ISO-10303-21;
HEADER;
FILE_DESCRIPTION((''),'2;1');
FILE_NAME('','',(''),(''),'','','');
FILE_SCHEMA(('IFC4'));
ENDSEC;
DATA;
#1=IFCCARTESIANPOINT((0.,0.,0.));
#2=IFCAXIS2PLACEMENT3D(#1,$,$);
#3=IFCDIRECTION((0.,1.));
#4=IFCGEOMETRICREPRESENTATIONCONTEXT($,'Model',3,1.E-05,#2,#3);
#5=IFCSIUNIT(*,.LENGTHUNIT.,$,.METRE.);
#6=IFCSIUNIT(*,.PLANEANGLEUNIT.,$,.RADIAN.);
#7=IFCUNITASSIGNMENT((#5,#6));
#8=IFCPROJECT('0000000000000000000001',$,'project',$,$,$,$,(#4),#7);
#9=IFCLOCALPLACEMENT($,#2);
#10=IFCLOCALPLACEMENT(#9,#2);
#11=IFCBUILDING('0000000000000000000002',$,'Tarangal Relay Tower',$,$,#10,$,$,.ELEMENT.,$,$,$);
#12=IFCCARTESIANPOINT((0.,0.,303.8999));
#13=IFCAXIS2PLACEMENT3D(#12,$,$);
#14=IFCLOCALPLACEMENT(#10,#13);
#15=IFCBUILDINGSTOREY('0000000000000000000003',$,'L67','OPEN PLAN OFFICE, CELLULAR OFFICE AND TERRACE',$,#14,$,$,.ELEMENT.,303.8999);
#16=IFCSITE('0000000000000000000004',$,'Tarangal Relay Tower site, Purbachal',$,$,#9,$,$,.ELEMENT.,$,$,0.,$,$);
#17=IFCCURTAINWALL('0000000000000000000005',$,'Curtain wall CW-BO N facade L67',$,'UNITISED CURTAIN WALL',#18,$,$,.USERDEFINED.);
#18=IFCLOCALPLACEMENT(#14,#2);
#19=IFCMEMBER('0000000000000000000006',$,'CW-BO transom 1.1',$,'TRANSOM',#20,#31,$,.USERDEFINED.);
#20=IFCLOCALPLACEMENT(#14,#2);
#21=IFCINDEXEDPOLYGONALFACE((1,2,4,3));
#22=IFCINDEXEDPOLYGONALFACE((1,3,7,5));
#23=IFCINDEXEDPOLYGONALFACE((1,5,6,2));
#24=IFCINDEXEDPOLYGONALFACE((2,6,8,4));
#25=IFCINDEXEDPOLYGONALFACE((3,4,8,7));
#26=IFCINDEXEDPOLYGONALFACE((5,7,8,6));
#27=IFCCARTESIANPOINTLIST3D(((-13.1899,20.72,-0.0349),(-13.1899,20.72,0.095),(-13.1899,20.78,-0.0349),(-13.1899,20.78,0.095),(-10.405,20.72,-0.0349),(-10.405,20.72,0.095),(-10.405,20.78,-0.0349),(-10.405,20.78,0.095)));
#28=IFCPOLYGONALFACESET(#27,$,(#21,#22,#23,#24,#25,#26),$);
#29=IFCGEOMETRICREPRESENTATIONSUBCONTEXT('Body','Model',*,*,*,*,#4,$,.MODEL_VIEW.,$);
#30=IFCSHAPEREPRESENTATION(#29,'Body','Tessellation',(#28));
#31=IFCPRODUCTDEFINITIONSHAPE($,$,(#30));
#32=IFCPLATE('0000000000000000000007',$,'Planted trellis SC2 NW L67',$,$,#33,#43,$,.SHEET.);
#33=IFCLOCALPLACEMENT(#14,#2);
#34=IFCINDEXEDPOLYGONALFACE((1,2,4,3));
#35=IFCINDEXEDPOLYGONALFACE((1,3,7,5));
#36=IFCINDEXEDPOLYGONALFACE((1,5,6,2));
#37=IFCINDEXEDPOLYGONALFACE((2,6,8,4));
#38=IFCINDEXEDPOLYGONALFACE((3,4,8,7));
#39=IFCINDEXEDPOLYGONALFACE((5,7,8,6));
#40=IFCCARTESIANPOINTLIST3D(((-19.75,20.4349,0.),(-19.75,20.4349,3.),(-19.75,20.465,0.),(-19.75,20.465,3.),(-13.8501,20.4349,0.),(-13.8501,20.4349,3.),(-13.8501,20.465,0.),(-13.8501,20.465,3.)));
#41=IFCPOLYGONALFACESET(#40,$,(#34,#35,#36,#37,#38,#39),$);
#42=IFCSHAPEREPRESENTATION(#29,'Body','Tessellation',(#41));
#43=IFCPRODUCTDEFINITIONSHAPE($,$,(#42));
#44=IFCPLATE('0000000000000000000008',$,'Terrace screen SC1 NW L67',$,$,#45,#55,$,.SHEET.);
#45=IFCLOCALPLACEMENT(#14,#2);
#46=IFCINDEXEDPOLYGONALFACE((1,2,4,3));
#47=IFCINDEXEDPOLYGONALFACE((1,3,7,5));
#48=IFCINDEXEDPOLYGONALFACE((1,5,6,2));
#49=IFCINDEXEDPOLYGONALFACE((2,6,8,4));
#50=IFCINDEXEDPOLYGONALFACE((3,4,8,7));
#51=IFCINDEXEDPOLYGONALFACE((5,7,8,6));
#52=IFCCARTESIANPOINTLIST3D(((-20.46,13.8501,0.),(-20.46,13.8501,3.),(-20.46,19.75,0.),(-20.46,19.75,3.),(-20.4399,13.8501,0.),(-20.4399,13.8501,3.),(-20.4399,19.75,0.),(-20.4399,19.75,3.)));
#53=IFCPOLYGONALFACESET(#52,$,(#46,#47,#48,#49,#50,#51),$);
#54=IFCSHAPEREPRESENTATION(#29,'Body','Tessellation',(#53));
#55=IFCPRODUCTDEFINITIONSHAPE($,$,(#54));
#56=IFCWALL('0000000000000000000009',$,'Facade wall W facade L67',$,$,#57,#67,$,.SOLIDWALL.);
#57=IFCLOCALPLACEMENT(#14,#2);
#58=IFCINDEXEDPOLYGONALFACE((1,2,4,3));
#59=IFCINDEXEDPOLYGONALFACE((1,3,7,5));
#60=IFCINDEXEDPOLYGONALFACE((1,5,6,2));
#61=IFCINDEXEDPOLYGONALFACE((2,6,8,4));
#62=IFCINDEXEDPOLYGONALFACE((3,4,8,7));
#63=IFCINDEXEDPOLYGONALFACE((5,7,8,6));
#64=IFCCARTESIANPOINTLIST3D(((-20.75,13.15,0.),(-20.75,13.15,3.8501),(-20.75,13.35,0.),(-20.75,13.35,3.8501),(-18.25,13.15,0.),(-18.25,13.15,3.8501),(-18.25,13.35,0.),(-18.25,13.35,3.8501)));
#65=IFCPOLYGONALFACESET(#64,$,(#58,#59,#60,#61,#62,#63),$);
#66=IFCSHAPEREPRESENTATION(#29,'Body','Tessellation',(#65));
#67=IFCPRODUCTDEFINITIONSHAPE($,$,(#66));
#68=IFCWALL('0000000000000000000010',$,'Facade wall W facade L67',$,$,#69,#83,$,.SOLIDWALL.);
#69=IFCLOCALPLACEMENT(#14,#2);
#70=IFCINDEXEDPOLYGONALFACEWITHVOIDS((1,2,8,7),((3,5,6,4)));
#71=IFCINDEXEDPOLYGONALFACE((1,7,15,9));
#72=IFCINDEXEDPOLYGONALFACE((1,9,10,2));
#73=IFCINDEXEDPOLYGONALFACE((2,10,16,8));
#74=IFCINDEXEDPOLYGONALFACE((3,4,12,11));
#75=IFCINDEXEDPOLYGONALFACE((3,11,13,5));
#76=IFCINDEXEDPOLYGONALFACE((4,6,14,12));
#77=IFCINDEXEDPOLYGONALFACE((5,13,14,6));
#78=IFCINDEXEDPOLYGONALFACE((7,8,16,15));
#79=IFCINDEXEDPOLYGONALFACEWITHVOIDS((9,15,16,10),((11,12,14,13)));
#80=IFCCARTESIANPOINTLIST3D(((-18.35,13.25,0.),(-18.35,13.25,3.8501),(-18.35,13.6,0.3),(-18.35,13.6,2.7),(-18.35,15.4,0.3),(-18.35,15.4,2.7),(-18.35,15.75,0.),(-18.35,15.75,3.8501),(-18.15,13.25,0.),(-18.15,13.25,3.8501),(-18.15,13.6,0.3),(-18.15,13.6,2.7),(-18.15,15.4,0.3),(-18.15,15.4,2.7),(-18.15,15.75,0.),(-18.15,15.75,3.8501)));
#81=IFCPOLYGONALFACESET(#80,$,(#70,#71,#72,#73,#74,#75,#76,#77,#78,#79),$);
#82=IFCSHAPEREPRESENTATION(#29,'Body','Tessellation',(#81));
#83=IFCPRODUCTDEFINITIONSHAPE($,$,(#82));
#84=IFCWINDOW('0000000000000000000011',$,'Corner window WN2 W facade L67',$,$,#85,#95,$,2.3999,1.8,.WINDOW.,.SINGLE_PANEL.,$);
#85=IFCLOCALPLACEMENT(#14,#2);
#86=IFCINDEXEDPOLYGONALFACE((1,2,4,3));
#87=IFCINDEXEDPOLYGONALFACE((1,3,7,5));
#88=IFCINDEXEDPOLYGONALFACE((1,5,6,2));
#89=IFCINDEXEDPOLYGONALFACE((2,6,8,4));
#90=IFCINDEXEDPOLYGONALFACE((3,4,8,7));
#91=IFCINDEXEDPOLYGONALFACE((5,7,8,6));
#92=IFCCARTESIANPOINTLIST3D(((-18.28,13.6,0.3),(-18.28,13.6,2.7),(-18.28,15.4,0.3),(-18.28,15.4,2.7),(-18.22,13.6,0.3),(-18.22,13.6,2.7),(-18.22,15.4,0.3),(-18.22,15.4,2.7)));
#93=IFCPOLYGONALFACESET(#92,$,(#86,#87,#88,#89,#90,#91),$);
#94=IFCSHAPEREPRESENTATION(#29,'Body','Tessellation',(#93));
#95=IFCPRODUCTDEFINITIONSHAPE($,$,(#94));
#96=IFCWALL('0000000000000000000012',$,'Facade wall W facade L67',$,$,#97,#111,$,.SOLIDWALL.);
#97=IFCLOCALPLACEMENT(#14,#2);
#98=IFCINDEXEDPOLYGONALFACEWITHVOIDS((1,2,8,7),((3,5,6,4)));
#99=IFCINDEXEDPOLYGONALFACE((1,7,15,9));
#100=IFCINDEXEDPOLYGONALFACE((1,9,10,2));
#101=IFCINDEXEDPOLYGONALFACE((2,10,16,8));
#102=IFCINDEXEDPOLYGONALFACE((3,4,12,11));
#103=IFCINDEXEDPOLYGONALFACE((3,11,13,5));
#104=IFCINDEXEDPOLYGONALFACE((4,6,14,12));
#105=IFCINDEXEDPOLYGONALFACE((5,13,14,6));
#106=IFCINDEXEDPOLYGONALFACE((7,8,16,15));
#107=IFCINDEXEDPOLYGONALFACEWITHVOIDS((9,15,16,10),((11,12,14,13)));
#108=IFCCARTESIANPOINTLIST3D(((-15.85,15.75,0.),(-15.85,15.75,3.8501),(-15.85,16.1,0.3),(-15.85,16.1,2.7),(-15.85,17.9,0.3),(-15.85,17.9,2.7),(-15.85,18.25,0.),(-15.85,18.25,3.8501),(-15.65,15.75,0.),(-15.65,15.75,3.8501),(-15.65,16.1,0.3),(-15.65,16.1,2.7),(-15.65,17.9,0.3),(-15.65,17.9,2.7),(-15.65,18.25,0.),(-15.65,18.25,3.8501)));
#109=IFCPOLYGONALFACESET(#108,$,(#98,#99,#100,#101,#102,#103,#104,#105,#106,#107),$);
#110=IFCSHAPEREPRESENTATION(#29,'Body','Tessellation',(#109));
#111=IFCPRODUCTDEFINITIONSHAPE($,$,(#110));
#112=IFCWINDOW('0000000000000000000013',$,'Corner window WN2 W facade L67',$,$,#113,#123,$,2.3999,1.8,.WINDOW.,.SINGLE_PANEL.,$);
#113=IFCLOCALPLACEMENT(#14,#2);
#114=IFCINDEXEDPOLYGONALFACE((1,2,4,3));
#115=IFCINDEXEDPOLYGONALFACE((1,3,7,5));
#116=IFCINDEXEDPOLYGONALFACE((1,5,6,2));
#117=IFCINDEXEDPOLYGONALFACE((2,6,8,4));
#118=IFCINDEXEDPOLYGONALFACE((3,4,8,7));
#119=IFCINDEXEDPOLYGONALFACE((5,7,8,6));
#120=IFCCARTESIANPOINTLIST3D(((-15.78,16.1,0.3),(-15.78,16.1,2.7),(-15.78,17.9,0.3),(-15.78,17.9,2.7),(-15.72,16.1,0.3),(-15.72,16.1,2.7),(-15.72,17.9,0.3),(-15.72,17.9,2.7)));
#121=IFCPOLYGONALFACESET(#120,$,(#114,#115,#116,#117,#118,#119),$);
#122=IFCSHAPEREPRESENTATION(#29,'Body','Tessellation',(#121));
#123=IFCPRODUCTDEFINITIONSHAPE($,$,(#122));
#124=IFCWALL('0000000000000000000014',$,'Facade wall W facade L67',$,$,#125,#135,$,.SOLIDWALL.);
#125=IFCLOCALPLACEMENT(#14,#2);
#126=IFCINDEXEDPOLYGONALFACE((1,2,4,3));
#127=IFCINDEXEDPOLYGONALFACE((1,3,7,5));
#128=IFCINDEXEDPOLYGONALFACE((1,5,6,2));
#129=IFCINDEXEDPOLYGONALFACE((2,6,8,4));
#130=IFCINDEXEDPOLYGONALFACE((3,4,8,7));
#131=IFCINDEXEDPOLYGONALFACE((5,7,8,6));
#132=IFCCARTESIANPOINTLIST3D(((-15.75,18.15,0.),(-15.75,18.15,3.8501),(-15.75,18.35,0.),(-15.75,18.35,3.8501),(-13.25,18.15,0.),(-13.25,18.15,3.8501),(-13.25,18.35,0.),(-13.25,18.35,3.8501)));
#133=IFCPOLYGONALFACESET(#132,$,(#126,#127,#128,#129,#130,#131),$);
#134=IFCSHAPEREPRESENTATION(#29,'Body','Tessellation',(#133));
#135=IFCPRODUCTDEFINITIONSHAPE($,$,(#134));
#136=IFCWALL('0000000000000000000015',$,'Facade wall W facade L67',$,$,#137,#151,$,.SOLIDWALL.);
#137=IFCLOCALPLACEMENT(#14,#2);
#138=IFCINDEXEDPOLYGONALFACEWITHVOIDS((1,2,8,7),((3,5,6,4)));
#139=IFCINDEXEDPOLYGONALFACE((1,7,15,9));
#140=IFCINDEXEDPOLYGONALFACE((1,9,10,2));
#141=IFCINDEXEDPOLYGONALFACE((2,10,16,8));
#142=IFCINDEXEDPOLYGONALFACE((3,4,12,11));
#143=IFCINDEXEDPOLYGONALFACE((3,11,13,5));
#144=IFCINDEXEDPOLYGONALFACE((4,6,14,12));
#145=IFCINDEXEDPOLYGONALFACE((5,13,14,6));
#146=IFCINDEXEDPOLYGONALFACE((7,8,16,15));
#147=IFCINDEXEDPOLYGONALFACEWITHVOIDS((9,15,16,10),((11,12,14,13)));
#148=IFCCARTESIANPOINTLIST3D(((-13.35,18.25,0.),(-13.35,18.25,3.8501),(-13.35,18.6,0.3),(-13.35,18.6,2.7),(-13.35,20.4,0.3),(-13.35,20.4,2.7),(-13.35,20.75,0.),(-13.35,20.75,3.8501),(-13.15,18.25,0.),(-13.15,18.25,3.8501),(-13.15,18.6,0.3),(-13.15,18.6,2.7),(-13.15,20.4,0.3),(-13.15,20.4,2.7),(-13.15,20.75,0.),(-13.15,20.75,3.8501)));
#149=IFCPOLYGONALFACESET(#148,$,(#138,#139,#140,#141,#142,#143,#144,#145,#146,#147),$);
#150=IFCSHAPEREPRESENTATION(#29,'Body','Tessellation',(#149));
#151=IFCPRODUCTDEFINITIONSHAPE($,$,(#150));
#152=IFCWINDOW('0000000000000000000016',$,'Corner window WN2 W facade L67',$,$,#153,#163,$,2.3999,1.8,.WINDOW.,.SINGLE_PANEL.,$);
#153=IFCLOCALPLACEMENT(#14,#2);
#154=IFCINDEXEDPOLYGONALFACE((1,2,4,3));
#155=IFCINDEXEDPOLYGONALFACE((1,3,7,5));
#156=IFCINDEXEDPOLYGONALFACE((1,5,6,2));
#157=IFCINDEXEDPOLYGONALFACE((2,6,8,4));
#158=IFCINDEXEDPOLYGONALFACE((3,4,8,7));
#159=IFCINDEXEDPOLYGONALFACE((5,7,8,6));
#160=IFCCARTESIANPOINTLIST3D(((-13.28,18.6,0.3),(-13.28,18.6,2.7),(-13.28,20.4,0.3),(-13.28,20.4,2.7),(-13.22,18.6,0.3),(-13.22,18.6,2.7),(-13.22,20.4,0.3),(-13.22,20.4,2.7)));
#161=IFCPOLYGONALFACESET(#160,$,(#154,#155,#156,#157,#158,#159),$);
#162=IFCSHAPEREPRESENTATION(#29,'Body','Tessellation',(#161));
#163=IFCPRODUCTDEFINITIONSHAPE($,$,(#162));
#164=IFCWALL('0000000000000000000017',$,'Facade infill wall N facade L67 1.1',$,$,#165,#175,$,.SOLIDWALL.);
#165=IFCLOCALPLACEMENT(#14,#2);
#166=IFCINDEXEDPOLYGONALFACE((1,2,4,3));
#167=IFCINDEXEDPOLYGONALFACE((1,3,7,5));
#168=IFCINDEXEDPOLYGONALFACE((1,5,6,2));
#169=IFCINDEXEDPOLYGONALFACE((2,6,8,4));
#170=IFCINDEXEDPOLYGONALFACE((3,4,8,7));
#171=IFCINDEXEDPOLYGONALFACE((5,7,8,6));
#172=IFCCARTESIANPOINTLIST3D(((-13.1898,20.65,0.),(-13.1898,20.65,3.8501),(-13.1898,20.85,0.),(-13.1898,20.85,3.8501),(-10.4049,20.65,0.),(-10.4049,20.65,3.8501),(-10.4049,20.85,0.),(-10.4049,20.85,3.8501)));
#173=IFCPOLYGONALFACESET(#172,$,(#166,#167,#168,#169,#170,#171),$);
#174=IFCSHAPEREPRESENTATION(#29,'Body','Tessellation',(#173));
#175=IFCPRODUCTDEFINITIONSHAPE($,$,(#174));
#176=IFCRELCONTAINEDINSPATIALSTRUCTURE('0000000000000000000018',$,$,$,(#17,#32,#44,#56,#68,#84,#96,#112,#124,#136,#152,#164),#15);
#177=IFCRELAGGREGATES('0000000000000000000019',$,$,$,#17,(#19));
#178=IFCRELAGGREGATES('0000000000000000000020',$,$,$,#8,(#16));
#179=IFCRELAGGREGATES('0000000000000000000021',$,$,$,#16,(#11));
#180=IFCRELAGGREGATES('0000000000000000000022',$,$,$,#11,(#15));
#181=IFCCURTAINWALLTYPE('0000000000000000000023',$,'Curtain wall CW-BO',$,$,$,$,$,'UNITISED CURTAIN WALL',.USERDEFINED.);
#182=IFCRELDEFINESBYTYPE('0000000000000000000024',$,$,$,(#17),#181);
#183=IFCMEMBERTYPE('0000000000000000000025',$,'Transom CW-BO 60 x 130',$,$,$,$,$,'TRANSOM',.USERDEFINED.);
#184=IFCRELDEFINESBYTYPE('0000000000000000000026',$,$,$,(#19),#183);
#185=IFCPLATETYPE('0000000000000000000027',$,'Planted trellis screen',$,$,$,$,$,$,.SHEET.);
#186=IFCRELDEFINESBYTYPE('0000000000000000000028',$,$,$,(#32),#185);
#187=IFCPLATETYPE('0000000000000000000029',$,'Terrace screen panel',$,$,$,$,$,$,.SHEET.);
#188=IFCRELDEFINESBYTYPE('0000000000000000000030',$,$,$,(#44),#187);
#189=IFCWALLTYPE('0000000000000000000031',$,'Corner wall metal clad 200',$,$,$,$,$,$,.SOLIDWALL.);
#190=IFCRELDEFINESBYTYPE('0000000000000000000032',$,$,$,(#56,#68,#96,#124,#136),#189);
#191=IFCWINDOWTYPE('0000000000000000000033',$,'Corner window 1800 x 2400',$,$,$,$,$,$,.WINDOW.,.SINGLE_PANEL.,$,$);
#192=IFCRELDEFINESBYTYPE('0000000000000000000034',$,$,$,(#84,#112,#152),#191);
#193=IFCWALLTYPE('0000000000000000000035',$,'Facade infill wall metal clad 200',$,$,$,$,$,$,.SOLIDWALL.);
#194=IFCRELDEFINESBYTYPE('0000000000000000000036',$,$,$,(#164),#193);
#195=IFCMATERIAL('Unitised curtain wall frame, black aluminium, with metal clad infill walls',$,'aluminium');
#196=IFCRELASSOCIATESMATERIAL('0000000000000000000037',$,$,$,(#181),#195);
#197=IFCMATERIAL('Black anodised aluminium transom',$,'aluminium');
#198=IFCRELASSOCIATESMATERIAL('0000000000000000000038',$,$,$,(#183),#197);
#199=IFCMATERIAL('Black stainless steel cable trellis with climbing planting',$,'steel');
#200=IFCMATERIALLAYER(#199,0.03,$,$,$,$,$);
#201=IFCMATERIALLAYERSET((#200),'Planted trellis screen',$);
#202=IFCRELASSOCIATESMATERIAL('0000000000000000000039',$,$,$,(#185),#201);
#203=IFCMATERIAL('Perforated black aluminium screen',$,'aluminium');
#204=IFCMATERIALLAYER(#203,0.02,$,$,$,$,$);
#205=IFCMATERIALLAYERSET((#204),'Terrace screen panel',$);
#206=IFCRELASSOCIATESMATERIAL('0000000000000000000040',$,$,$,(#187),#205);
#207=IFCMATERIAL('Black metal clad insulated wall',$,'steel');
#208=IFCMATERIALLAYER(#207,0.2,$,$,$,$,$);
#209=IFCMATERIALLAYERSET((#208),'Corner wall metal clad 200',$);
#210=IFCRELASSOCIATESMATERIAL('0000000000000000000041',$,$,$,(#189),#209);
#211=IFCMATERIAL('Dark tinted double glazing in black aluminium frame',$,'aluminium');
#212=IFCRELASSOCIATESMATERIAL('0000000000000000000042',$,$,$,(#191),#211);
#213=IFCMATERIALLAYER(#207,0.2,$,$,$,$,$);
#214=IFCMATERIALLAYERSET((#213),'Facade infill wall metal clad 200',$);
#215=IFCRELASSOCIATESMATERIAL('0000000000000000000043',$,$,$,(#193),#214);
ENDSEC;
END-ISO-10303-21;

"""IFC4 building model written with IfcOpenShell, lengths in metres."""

from ifc_helpers import new_model, si_unit, direction, frame, frame_2d, origin, origin_2d, place, context, subcontext, project, spatial, rectangle, extrude, material, layer, layer_set, material_profile, profile_set, type_object, element, fill, aggregate, save


model = new_model("IFC4")

# Units and contexts
model_context = context("Model", 3, precision=1e-05, world=origin(), true_north=direction((0.0, 1.0)))
body_context = subcontext(model_context, "Body", "Model", "MODEL_VIEW")
ifc_project = project(units=[si_unit("LENGTHUNIT", "METRE"), si_unit("PLANEANGLEUNIT", "RADIAN")], contexts=[model_context])

# Site, building, storey
site_placement = place(None, origin())
site = spatial("IfcSite", under=ifc_project, at=site_placement, Name="Tarangal Relay Tower site, Purbachal", CompositionType="ELEMENT", RefElevation=0.0)
building_placement = place(site_placement, origin())
building = spatial("IfcBuilding", under=site, at=building_placement, Name="Tarangal Relay Tower", CompositionType="ELEMENT")
storey_placement = place(building_placement, frame((0.0, 0.0, 303.8999)))
storey = spatial("IfcBuildingStorey", under=building, at=storey_placement, Name="L67", Description="OPEN PLAN OFFICE, CELLULAR OFFICE AND TERRACE", CompositionType="ELEMENT", Elevation=303.8999)

# Curtain wall
ifc_material_1 = material(Name="Unitised curtain wall frame, black aluminium, with metal clad infill walls", Category="aluminium")
curtain_wall_type = type_object("IfcCurtainWallType", Name="Curtain wall CW-BO", ElementType="UNITISED CURTAIN WALL", PredefinedType="USERDEFINED", material=ifc_material_1)
curtain_wall_1_placement = place(storey_placement, origin())
curtain_wall_1 = element("IfcCurtainWall", 1, at=curtain_wall_1_placement, inside=storey, type_object=curtain_wall_type, Name="Curtain wall CW-BO N facade L67", ObjectType="UNITISED CURTAIN WALL", PredefinedType="USERDEFINED")

# Member
ifc_material_2 = material(Name="Black anodised aluminium transom", Category="aluminium")
ifc_material_profile_1 = material_profile(ifc_material_2, rectangle(XDim=0.0601, YDim=0.1299, at=origin_2d()), Name="CW-BOT 60X130")
ifc_profile_set_1 = profile_set([ifc_material_profile_1], Name="Black anodised aluminium transom")
member_type_1 = type_object("IfcMemberType", Name="Transom CW-BO 60 x 130", ElementType="TRANSOM", PredefinedType="USERDEFINED", material=ifc_profile_set_1)
member_1_placement = place(storey_placement, frame((-13.1899, 20.75, 0.03), z_axis=(1.0, 0.0, 0.0), x_axis=(0.0, 1.0, 0.0)))
member_1 = element("IfcMember", 2, at=member_1_placement, type_object=member_type_1, Name="CW-BO transom 1.1", ObjectType="TRANSOM", PredefinedType="USERDEFINED", context=body_context, shape_type="SweptSolid", body=[
    extrude(rectangle(XDim=0.0601, YDim=0.1299, at=origin_2d()), origin(), (0.0, 0.0, 1.0), 2.7849),
])
aggregate(curtain_wall_1, [member_1])

# Plates
ifc_material_3 = material(Name="Black stainless steel cable trellis with climbing planting", Category="steel")
ifc_layer_1 = layer(ifc_material_3, 0.03)
ifc_layer_set_1 = layer_set([ifc_layer_1], Name="Planted trellis screen")
plate_type_1 = type_object("IfcPlateType", Name="Planted trellis screen", PredefinedType="SHEET", material=ifc_layer_set_1)
plate_1_placement = place(storey_placement, frame((-16.8, 20.45, 0.0), z_axis=(0.0, 0.0, 1.0), x_axis=(1.0, 0.0, 0.0)))
element("IfcPlate", 3, at=plate_1_placement, inside=storey, type_object=plate_type_1, Name="Planted trellis SC2 NW L67", PredefinedType="SHEET", context=body_context, shape_type="SweptSolid", body=[
    extrude(rectangle(XDim=5.8999, YDim=0.03, at=origin_2d()), origin(), (0.0, 0.0, 1.0), 3.0),
])
ifc_material_4 = material(Name="Perforated black aluminium screen", Category="aluminium")
ifc_layer_2 = layer(ifc_material_4, 0.02)
ifc_layer_set_2 = layer_set([ifc_layer_2], Name="Terrace screen panel")
plate_type_2 = type_object("IfcPlateType", Name="Terrace screen panel", PredefinedType="SHEET", material=ifc_layer_set_2)
plate_2_placement = place(storey_placement, frame((-20.45, 16.8, 0.0), z_axis=(0.0, 0.0, 1.0), x_axis=(0.0, 1.0, 0.0)))
element("IfcPlate", 4, at=plate_2_placement, inside=storey, type_object=plate_type_2, Name="Terrace screen SC1 NW L67", PredefinedType="SHEET", context=body_context, shape_type="SweptSolid", body=[
    extrude(rectangle(XDim=5.8999, YDim=0.02, at=origin_2d()), origin(), (0.0, 0.0, 1.0), 3.0),
])

# Wall
ifc_material_5 = material(Name="Black metal clad insulated wall", Category="steel")
ifc_layer_3 = layer(ifc_material_5, 0.2)
ifc_layer_set_3 = layer_set([ifc_layer_3], Name="Corner wall metal clad 200")
wall_type_1 = type_object("IfcWallType", Name="Corner wall metal clad 200", PredefinedType="SOLIDWALL", material=ifc_layer_set_3)
wall_1_placement = place(storey_placement, frame((-20.75, 13.25, 0.0), z_axis=(0.0, 0.0, 1.0), x_axis=(1.0, 0.0, 0.0)))
element("IfcWall", 5, at=wall_1_placement, inside=storey, type_object=wall_type_1, Name="Facade wall W facade L67", PredefinedType="SOLIDWALL", context=body_context, shape_type="SweptSolid", body=[
    extrude(rectangle(XDim=2.5, YDim=0.2, at=frame_2d((1.25, 0.0))), origin(), (0.0, 0.0, 1.0), 3.8501),
])

# Wall, opening, window
wall_2_placement = place(storey_placement, frame((-18.25, 13.25, 0.0), z_axis=(0.0, 0.0, 1.0), x_axis=(0.0, 1.0, 0.0)))
wall_2 = element("IfcWall", 6, at=wall_2_placement, inside=storey, type_object=wall_type_1, Name="Facade wall W facade L67", PredefinedType="SOLIDWALL", context=body_context, shape_type="SweptSolid", body=[
    extrude(rectangle(XDim=2.5, YDim=0.2, at=frame_2d((1.25, 0.0))), origin(), (0.0, 0.0, 1.0), 3.8501),
])
opening_1_placement = place(wall_2_placement, frame((0.3501, 0.0, 0.3)))
opening_1 = element("IfcOpeningElement", 7, at=opening_1_placement, cuts=wall_2, PredefinedType="OPENING", context=body_context, shape_type="SweptSolid", body=[
    extrude(rectangle(XDim=1.8, YDim=2.3999, at=frame_2d((0.8999, 1.2))), frame((0.0, 0.1099, 0.0), z_axis=(0.0, -1.0, 0.0), x_axis=(1.0, 0.0, 0.0)), (0.0, 0.0, 1.0), 0.22),
])
ifc_material_6 = material(Name="Dark tinted double glazing in black aluminium frame", Category="aluminium")
window_type = type_object("IfcWindowType", Name="Corner window 1800 x 2400", PartitioningType="SINGLE_PANEL", PredefinedType="WINDOW", material=ifc_material_6)
window_1_placement = place(opening_1_placement, origin())
window_1 = element("IfcWindow", 8, at=window_1_placement, inside=storey, type_object=window_type, Name="Corner window WN2 W facade L67", OverallHeight=2.3999, OverallWidth=1.8, PartitioningType="SINGLE_PANEL", PredefinedType="WINDOW", context=body_context, shape_type="SweptSolid", body=[
    extrude(rectangle(XDim=1.8, YDim=2.3999, at=frame_2d((0.8999, 1.2))), frame((0.0, 0.03, 0.0), z_axis=(0.0, -1.0, 0.0), x_axis=(1.0, 0.0, 0.0)), (0.0, 0.0, 1.0), 0.0601),
])
fill(opening_1, window_1)

# Wall, opening, window
wall_3_placement = place(storey_placement, frame((-15.75, 15.75, 0.0), z_axis=(0.0, 0.0, 1.0), x_axis=(0.0, 1.0, 0.0)))
wall_3 = element("IfcWall", 9, at=wall_3_placement, inside=storey, type_object=wall_type_1, Name="Facade wall W facade L67", PredefinedType="SOLIDWALL", context=body_context, shape_type="SweptSolid", body=[
    extrude(rectangle(XDim=2.5, YDim=0.2, at=frame_2d((1.25, 0.0))), origin(), (0.0, 0.0, 1.0), 3.8501),
])
opening_2_placement = place(wall_3_placement, frame((0.3501, 0.0, 0.3)))
opening_2 = element("IfcOpeningElement", 10, at=opening_2_placement, cuts=wall_3, PredefinedType="OPENING", context=body_context, shape_type="SweptSolid", body=[
    extrude(rectangle(XDim=1.8, YDim=2.3999, at=frame_2d((0.8999, 1.2))), frame((0.0, 0.1099, 0.0), z_axis=(0.0, -1.0, 0.0), x_axis=(1.0, 0.0, 0.0)), (0.0, 0.0, 1.0), 0.22),
])
window_2_placement = place(opening_2_placement, origin())
window_2 = element("IfcWindow", 11, at=window_2_placement, inside=storey, type_object=window_type, Name="Corner window WN2 W facade L67", OverallHeight=2.3999, OverallWidth=1.8, PartitioningType="SINGLE_PANEL", PredefinedType="WINDOW", context=body_context, shape_type="SweptSolid", body=[
    extrude(rectangle(XDim=1.8, YDim=2.3999, at=frame_2d((0.8999, 1.2))), frame((0.0, 0.03, 0.0), z_axis=(0.0, -1.0, 0.0), x_axis=(1.0, 0.0, 0.0)), (0.0, 0.0, 1.0), 0.0601),
])
fill(opening_2, window_2)

# Wall
wall_4_placement = place(storey_placement, frame((-15.75, 18.25, 0.0), z_axis=(0.0, 0.0, 1.0), x_axis=(1.0, 0.0, 0.0)))
element("IfcWall", 12, at=wall_4_placement, inside=storey, type_object=wall_type_1, Name="Facade wall W facade L67", PredefinedType="SOLIDWALL", context=body_context, shape_type="SweptSolid", body=[
    extrude(rectangle(XDim=2.5, YDim=0.2, at=frame_2d((1.25, 0.0))), origin(), (0.0, 0.0, 1.0), 3.8501),
])

# Wall, opening, window
wall_5_placement = place(storey_placement, frame((-13.25, 18.25, 0.0), z_axis=(0.0, 0.0, 1.0), x_axis=(0.0, 1.0, 0.0)))
wall_5 = element("IfcWall", 13, at=wall_5_placement, inside=storey, type_object=wall_type_1, Name="Facade wall W facade L67", PredefinedType="SOLIDWALL", context=body_context, shape_type="SweptSolid", body=[
    extrude(rectangle(XDim=2.5, YDim=0.2, at=frame_2d((1.25, 0.0))), origin(), (0.0, 0.0, 1.0), 3.8501),
])
opening_3_placement = place(wall_5_placement, frame((0.3501, 0.0, 0.3)))
opening_3 = element("IfcOpeningElement", 14, at=opening_3_placement, cuts=wall_5, PredefinedType="OPENING", context=body_context, shape_type="SweptSolid", body=[
    extrude(rectangle(XDim=1.8, YDim=2.3999, at=frame_2d((0.8999, 1.2))), frame((0.0, 0.1099, 0.0), z_axis=(0.0, -1.0, 0.0), x_axis=(1.0, 0.0, 0.0)), (0.0, 0.0, 1.0), 0.22),
])
window_3_placement = place(opening_3_placement, origin())
window_3 = element("IfcWindow", 15, at=window_3_placement, inside=storey, type_object=window_type, Name="Corner window WN2 W facade L67", OverallHeight=2.3999, OverallWidth=1.8, PartitioningType="SINGLE_PANEL", PredefinedType="WINDOW", context=body_context, shape_type="SweptSolid", body=[
    extrude(rectangle(XDim=1.8, YDim=2.3999, at=frame_2d((0.8999, 1.2))), frame((0.0, 0.03, 0.0), z_axis=(0.0, -1.0, 0.0), x_axis=(1.0, 0.0, 0.0)), (0.0, 0.0, 1.0), 0.0601),
])
fill(opening_3, window_3)

# Wall
ifc_layer_4 = layer(ifc_material_5, 0.2)
ifc_layer_set_4 = layer_set([ifc_layer_4], Name="Facade infill wall metal clad 200")
wall_type_2 = type_object("IfcWallType", Name="Facade infill wall metal clad 200", PredefinedType="SOLIDWALL", material=ifc_layer_set_4)
for number, where, z_axis, x_axis, name in (
    (16, (-13.1899, 20.75, 0.0), (0.0, 0.0, 1.0), (1.0, 0.0, 0.0), "Facade infill wall N facade L67 1.1"),
):
    element("IfcWall", number, at=place(storey_placement, frame(where, z_axis=z_axis, x_axis=x_axis)), inside=storey, type_object=wall_type_2, Name=name, PredefinedType="SOLIDWALL", context=body_context, shape_type="SweptSolid", body=[
        extrude(rectangle(XDim=2.7849, YDim=0.2, at=frame_2d((1.3926, 0.0))), origin(), (0.0, 0.0, 1.0), 3.8501),
    ])

save(model, "model.ifc")
